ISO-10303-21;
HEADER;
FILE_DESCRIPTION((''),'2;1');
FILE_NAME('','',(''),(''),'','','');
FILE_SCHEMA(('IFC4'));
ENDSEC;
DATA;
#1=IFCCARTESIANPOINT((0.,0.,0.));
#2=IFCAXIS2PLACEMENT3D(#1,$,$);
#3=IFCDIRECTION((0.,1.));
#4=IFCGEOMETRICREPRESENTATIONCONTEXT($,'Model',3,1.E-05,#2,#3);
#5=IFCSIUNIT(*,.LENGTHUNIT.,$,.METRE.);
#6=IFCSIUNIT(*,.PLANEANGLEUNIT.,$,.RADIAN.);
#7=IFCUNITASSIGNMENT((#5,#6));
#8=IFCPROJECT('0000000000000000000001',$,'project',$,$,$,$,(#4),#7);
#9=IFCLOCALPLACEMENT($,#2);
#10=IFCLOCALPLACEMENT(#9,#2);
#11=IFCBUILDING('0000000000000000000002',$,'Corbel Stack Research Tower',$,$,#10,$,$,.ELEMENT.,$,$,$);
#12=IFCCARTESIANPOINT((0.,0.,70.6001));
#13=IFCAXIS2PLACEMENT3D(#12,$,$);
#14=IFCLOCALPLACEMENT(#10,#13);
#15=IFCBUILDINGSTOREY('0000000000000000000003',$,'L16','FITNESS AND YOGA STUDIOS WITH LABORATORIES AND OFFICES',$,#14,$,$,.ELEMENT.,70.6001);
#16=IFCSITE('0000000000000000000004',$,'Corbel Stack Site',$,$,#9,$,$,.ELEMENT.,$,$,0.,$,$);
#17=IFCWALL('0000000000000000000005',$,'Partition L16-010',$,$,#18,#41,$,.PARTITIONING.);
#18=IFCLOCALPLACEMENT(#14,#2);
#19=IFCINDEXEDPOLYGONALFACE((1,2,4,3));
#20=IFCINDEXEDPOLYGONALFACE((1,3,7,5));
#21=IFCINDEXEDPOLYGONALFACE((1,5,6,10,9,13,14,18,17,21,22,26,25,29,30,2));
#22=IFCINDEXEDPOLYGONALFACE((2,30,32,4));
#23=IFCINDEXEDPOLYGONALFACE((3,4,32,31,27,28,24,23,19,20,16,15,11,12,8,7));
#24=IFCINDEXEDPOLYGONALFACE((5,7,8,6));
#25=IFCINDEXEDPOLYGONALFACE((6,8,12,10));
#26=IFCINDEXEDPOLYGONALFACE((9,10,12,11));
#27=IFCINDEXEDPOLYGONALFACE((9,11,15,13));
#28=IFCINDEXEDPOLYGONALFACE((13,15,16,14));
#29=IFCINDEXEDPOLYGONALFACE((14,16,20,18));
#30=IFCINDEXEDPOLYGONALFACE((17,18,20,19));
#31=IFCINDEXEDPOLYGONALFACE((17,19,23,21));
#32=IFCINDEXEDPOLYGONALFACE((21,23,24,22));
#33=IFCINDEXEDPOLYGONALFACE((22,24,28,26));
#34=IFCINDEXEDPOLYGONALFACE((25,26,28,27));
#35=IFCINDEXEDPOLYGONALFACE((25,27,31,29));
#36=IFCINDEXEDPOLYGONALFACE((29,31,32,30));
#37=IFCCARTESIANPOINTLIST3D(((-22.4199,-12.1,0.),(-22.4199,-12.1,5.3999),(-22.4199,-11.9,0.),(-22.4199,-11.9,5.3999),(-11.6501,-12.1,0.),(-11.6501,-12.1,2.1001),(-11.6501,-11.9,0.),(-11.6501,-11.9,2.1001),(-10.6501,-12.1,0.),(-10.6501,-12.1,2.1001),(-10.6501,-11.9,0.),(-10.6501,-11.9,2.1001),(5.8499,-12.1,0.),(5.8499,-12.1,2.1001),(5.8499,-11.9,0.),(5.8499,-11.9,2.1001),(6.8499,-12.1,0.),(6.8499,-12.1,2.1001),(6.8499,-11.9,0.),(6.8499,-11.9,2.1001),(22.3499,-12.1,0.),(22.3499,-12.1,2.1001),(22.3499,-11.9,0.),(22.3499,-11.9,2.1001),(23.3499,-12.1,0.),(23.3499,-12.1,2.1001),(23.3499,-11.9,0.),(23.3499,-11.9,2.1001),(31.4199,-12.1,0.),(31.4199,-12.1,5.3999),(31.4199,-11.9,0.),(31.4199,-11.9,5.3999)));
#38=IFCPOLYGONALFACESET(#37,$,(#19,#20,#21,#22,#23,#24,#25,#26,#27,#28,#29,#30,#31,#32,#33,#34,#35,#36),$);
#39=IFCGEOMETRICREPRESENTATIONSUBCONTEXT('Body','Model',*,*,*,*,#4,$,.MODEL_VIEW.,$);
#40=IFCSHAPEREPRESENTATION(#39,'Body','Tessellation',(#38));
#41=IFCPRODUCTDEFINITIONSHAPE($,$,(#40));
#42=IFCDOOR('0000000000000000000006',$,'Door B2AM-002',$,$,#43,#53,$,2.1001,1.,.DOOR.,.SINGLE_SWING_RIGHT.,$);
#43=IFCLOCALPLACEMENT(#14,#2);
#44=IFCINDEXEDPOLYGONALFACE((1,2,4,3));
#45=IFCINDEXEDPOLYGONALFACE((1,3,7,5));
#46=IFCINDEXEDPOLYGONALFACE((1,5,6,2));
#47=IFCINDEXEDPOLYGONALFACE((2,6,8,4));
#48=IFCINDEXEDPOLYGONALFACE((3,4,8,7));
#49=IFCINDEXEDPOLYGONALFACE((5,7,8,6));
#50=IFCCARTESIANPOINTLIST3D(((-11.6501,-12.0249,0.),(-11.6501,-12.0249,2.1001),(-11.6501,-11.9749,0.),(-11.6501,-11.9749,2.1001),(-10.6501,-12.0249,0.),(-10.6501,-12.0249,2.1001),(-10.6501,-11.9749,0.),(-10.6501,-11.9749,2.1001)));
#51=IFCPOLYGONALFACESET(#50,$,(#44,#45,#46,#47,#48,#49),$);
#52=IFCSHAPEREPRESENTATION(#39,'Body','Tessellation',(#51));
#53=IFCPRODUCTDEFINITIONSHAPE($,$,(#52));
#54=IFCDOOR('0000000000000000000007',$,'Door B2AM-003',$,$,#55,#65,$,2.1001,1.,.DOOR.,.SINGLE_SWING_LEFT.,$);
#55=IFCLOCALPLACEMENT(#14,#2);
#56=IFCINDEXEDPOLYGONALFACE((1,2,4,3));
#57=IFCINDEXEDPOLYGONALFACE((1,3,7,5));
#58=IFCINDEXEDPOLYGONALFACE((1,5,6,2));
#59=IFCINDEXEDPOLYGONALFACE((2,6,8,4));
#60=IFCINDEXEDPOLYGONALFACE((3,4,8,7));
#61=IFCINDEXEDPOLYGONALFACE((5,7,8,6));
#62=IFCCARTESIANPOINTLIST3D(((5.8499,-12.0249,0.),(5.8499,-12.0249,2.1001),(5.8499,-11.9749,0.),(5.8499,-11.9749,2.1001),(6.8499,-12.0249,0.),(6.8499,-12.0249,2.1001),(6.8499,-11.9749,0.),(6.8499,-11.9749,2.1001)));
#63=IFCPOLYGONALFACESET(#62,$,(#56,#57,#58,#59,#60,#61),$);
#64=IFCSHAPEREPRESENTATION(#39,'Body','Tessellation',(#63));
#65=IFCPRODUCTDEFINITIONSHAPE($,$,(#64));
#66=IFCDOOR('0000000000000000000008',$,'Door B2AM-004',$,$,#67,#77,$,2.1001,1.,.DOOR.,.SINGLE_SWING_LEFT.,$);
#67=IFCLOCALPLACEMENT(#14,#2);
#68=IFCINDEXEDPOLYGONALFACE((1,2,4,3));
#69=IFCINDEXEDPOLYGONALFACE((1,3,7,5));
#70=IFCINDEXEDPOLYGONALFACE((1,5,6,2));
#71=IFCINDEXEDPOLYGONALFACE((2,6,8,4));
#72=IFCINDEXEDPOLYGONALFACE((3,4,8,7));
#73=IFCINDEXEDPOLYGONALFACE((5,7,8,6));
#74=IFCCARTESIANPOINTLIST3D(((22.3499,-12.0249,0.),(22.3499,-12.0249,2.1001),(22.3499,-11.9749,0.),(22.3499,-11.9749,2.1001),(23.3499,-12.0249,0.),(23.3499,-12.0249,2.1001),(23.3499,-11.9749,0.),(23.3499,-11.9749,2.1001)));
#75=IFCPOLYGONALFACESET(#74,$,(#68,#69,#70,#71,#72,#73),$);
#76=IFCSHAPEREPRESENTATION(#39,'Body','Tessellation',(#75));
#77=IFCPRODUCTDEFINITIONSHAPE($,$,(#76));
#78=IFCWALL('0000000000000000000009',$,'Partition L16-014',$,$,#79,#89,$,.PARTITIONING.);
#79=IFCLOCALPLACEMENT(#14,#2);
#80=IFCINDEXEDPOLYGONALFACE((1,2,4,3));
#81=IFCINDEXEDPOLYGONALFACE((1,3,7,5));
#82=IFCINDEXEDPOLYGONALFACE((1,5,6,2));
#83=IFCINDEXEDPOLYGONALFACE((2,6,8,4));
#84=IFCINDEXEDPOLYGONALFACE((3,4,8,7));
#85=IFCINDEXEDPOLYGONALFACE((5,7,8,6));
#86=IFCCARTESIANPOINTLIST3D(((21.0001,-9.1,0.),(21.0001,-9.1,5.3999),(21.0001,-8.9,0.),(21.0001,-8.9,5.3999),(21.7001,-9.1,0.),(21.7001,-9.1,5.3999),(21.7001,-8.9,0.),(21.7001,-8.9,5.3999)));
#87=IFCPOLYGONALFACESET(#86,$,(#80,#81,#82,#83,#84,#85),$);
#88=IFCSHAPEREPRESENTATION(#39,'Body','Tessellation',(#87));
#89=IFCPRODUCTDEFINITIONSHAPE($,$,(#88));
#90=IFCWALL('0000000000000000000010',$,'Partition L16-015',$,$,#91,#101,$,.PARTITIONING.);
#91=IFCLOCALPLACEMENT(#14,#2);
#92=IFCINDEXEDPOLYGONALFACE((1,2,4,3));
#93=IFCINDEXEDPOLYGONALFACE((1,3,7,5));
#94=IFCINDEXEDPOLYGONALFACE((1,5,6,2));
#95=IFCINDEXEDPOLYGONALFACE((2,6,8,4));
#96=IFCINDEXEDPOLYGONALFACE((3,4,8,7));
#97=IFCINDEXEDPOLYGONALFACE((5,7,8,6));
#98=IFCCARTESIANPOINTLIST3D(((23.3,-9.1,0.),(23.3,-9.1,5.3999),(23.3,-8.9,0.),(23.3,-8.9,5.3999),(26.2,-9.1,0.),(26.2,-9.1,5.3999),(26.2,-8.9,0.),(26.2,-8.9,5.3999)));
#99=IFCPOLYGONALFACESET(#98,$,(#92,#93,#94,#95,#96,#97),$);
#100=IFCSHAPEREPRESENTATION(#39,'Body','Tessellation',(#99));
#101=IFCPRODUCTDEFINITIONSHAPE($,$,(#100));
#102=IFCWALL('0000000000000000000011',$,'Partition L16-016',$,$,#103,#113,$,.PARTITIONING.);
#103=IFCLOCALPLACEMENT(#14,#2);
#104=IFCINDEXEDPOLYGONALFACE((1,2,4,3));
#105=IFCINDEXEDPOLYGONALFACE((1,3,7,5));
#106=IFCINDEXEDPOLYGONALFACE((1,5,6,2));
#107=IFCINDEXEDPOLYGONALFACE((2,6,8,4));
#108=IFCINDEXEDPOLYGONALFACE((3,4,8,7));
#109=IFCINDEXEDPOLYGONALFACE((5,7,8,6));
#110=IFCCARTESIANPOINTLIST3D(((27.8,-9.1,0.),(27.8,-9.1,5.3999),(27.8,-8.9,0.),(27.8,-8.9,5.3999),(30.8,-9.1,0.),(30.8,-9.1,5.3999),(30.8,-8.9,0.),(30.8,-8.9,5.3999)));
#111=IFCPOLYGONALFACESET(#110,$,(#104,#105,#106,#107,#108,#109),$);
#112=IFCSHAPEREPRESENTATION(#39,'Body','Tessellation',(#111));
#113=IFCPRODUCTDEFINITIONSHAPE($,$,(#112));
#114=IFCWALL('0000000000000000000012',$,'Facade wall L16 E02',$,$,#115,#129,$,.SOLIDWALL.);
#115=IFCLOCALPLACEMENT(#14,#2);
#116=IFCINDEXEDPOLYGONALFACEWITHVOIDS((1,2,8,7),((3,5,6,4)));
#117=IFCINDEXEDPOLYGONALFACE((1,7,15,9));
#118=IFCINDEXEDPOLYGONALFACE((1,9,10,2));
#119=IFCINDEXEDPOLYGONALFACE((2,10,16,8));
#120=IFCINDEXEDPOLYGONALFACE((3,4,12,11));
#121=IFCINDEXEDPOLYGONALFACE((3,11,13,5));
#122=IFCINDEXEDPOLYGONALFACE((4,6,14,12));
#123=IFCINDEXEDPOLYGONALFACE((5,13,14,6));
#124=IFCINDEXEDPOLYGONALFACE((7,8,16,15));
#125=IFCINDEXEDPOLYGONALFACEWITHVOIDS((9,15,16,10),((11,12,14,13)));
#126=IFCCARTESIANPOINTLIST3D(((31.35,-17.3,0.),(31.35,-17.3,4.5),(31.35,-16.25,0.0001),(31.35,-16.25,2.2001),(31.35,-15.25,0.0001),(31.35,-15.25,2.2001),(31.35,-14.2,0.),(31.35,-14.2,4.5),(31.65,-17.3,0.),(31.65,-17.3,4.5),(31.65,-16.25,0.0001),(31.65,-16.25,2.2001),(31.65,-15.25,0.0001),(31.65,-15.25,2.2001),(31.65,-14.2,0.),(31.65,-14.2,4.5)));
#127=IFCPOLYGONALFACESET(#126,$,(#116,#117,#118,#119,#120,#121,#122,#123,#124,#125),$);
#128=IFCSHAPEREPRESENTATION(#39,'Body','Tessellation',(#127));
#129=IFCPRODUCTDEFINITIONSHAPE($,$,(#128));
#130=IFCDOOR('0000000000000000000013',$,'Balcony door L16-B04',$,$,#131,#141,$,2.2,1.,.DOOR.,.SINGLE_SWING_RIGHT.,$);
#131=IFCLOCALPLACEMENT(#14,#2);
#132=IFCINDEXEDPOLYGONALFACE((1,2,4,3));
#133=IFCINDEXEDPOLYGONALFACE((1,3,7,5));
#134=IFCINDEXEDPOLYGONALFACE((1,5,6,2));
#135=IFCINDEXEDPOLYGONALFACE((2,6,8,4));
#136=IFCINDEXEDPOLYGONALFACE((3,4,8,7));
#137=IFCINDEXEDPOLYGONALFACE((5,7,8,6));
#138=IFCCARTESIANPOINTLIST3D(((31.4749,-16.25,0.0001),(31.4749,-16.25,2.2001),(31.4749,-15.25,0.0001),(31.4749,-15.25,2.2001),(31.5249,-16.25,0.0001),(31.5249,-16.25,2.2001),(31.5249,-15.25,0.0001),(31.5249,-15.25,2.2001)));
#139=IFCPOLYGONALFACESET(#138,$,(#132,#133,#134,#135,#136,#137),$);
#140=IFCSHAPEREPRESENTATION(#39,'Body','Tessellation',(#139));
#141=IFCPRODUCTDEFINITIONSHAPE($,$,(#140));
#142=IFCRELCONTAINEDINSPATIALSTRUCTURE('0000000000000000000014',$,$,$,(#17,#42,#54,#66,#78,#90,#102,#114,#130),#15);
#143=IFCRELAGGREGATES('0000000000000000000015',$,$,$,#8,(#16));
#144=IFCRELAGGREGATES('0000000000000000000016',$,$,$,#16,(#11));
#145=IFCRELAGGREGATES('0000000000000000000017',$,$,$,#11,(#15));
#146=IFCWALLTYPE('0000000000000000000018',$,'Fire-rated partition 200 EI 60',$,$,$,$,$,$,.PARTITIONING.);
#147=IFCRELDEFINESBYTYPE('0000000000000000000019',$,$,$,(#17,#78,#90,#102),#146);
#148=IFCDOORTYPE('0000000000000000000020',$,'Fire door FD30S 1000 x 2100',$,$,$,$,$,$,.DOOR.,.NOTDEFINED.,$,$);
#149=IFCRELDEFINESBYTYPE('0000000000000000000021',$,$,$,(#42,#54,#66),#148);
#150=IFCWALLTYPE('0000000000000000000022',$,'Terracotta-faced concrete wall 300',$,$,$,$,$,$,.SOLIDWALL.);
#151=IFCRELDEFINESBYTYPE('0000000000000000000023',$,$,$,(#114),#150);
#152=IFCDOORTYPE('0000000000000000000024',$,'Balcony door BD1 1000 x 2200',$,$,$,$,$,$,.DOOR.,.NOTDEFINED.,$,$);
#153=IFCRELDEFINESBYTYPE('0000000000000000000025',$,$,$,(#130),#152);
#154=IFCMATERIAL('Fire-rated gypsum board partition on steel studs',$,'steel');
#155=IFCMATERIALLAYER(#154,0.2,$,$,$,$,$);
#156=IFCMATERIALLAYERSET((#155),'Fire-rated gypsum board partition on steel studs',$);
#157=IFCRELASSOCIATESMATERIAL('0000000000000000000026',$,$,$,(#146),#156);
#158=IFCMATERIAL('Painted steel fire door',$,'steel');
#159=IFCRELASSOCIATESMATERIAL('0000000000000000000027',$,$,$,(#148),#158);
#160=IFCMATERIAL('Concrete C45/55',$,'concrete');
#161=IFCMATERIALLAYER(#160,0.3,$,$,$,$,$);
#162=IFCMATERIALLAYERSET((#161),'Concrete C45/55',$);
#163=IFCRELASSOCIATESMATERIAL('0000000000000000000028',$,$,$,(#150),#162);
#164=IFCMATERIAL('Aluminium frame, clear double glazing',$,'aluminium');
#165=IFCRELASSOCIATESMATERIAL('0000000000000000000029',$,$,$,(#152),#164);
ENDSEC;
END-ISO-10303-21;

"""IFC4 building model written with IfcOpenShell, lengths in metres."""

from ifc_helpers import new_model, si_unit, direction, frame, frame_2d, origin, place, context, subcontext, project, spatial, rectangle, extrude, material, layer, layer_set, type_object, element, fill, save


model = new_model("IFC4")

# Units and contexts
model_context = context("Model", 3, precision=1e-05, world=origin(), true_north=direction((0.0, 1.0)))
body_context = subcontext(model_context, "Body", "Model", "MODEL_VIEW")
ifc_project = project(units=[si_unit("LENGTHUNIT", "METRE"), si_unit("PLANEANGLEUNIT", "RADIAN")], contexts=[model_context])

# Site, building, storey
site_placement = place(None, origin())
site = spatial("IfcSite", under=ifc_project, at=site_placement, Name="Corbel Stack Site", CompositionType="ELEMENT", RefElevation=0.0)
building_placement = place(site_placement, origin())
building = spatial("IfcBuilding", under=site, at=building_placement, Name="Corbel Stack Research Tower", CompositionType="ELEMENT")
storey_placement = place(building_placement, frame((0.0, 0.0, 70.6001)))
storey = spatial("IfcBuildingStorey", under=building, at=storey_placement, Name="L16", Description="FITNESS AND YOGA STUDIOS WITH LABORATORIES AND OFFICES", CompositionType="ELEMENT", Elevation=70.6001)

# Wall, openings, doors
ifc_material_1 = material(Name="Fire-rated gypsum board partition on steel studs", Category="steel")
ifc_layer_1 = layer(ifc_material_1, 0.2)
ifc_layer_set_1 = layer_set([ifc_layer_1], Name="Fire-rated gypsum board partition on steel studs")
wall_type_1 = type_object("IfcWallType", Name="Fire-rated partition 200 EI 60", PredefinedType="PARTITIONING", material=ifc_layer_set_1)
wall_1_placement = place(storey_placement, frame((31.4199, -12.0, 0.0), z_axis=(0.0, 0.0, 1.0), x_axis=(-1.0, 0.0, 0.0)))
wall_1 = element("IfcWall", 1, at=wall_1_placement, inside=storey, type_object=wall_type_1, Name="Partition L16-010", PredefinedType="PARTITIONING", context=body_context, shape_type="SweptSolid", body=[
    extrude(rectangle(XDim=53.8398, YDim=0.2, at=frame_2d((26.9199, 0.0))), origin(), (0.0, 0.0, 1.0), 5.3999),
])
opening_1_placement = place(wall_1_placement, frame((42.0701, 0.0, 0.0)))
opening_1 = element("IfcOpeningElement", 2, at=opening_1_placement, cuts=wall_1, PredefinedType="OPENING", context=body_context, shape_type="SweptSolid", body=[
    extrude(rectangle(XDim=1.0, YDim=2.1001, at=frame_2d((0.5, 1.05))), frame((0.0, 0.1099, 0.0), z_axis=(0.0, -1.0, 0.0), x_axis=(1.0, 0.0, 0.0)), (0.0, 0.0, 1.0), 0.22),
])
opening_2_placement = place(wall_1_placement, frame((24.5701, 0.0, 0.0)))
opening_2 = element("IfcOpeningElement", 3, at=opening_2_placement, cuts=wall_1, PredefinedType="OPENING", context=body_context, shape_type="SweptSolid", body=[
    extrude(rectangle(XDim=1.0, YDim=2.1001, at=frame_2d((0.5, 1.05))), frame((0.0, 0.1099, 0.0), z_axis=(0.0, -1.0, 0.0), x_axis=(1.0, 0.0, 0.0)), (0.0, 0.0, 1.0), 0.22),
])
opening_3_placement = place(wall_1_placement, frame((8.0701, 0.0, 0.0)))
opening_3 = element("IfcOpeningElement", 4, at=opening_3_placement, cuts=wall_1, PredefinedType="OPENING", context=body_context, shape_type="SweptSolid", body=[
    extrude(rectangle(XDim=1.0, YDim=2.1001, at=frame_2d((0.5, 1.05))), frame((0.0, 0.1099, 0.0), z_axis=(0.0, -1.0, 0.0), x_axis=(1.0, 0.0, 0.0)), (0.0, 0.0, 1.0), 0.22),
])
ifc_material_2 = material(Name="Painted steel fire door", Category="steel")
door_type_1 = type_object("IfcDoorType", Name="Fire door FD30S 1000 x 2100", OperationType="NOTDEFINED", PredefinedType="DOOR", material=ifc_material_2)
door_1_placement = place(opening_1_placement, origin())
door_1 = element("IfcDoor", 5, at=door_1_placement, inside=storey, type_object=door_type_1, Name="Door B2AM-002", OperationType="SINGLE_SWING_RIGHT", OverallHeight=2.1001, OverallWidth=1.0, PredefinedType="DOOR", context=body_context, shape_type="SweptSolid", body=[
    extrude(rectangle(XDim=1.0, YDim=2.1001, at=frame_2d((0.5, 1.05))), frame((0.0, 0.0249, 0.0), z_axis=(0.0, -1.0, 0.0), x_axis=(1.0, 0.0, 0.0)), (0.0, 0.0, 1.0), 0.05),
])
fill(opening_1, door_1)
door_2_placement = place(opening_2_placement, origin())
door_2 = element("IfcDoor", 6, at=door_2_placement, inside=storey, type_object=door_type_1, Name="Door B2AM-003", OperationType="SINGLE_SWING_LEFT", OverallHeight=2.1001, OverallWidth=1.0, PredefinedType="DOOR", context=body_context, shape_type="SweptSolid", body=[
    extrude(rectangle(XDim=1.0, YDim=2.1001, at=frame_2d((0.5, 1.05))), frame((0.0, 0.0249, 0.0), z_axis=(0.0, -1.0, 0.0), x_axis=(1.0, 0.0, 0.0)), (0.0, 0.0, 1.0), 0.05),
])
fill(opening_2, door_2)
door_3_placement = place(opening_3_placement, origin())
door_3 = element("IfcDoor", 7, at=door_3_placement, inside=storey, type_object=door_type_1, Name="Door B2AM-004", OperationType="SINGLE_SWING_LEFT", OverallHeight=2.1001, OverallWidth=1.0, PredefinedType="DOOR", context=body_context, shape_type="SweptSolid", body=[
    extrude(rectangle(XDim=1.0, YDim=2.1001, at=frame_2d((0.5, 1.05))), frame((0.0, 0.0249, 0.0), z_axis=(0.0, -1.0, 0.0), x_axis=(1.0, 0.0, 0.0)), (0.0, 0.0, 1.0), 0.05),
])
fill(opening_3, door_3)

# Walls
wall_2_placement = place(storey_placement, frame((21.0, -9.0, 0.0), z_axis=(0.0, 0.0, 1.0), x_axis=(1.0, 0.0, 0.0)))
element("IfcWall", 8, at=wall_2_placement, inside=storey, type_object=wall_type_1, Name="Partition L16-014", PredefinedType="PARTITIONING", context=body_context, shape_type="SweptSolid", body=[
    extrude(rectangle(XDim=0.7, YDim=0.2, at=frame_2d((0.3501, 0.0))), origin(), (0.0, 0.0, 1.0), 5.3999),
])
wall_3_placement = place(storey_placement, frame((23.3, -9.0, 0.0), z_axis=(0.0, 0.0, 1.0), x_axis=(1.0, 0.0, 0.0)))
element("IfcWall", 9, at=wall_3_placement, inside=storey, type_object=wall_type_1, Name="Partition L16-015", PredefinedType="PARTITIONING", context=body_context, shape_type="SweptSolid", body=[
    extrude(rectangle(XDim=2.8999, YDim=0.2, at=frame_2d((1.45, 0.0))), origin(), (0.0, 0.0, 1.0), 5.3999),
])
wall_4_placement = place(storey_placement, frame((27.8, -9.0, 0.0), z_axis=(0.0, 0.0, 1.0), x_axis=(1.0, 0.0, 0.0)))
element("IfcWall", 10, at=wall_4_placement, inside=storey, type_object=wall_type_1, Name="Partition L16-016", PredefinedType="PARTITIONING", context=body_context, shape_type="SweptSolid", body=[
    extrude(rectangle(XDim=3.0, YDim=0.2, at=frame_2d((1.5, 0.0))), origin(), (0.0, 0.0, 1.0), 5.3999),
])

# Wall, opening, door
ifc_material_3 = material(Name="Concrete C45/55", Category="concrete")
ifc_layer_2 = layer(ifc_material_3, 0.3)
ifc_layer_set_2 = layer_set([ifc_layer_2], Name="Concrete C45/55")
wall_type_2 = type_object("IfcWallType", Name="Terracotta-faced concrete wall 300", PredefinedType="SOLIDWALL", material=ifc_layer_set_2)
wall_5_placement = place(storey_placement, frame((31.5, -14.2, 0.0), z_axis=(0.0, 0.0, 1.0), x_axis=(0.0, -1.0, 0.0)))
wall_5 = element("IfcWall", 11, at=wall_5_placement, inside=storey, type_object=wall_type_2, Name="Facade wall L16 E02", PredefinedType="SOLIDWALL", context=body_context, shape_type="SweptSolid", body=[
    extrude(rectangle(XDim=3.1001, YDim=0.3, at=frame_2d((1.55, 0.0))), origin(), (0.0, 0.0, 1.0), 4.5),
])
opening_4_placement = place(wall_5_placement, frame((1.05, 0.0, 0.0)))
opening_4 = element("IfcOpeningElement", 12, at=opening_4_placement, cuts=wall_5, PredefinedType="OPENING", context=body_context, shape_type="SweptSolid", body=[
    extrude(rectangle(XDim=1.0, YDim=2.2, at=frame_2d((0.5, 1.1001))), frame((0.0, 0.1599, 0.0), z_axis=(0.0, -1.0, 0.0), x_axis=(1.0, 0.0, 0.0)), (0.0, 0.0, 1.0), 0.3201),
])
ifc_material_4 = material(Name="Aluminium frame, clear double glazing", Category="aluminium")
door_type_2 = type_object("IfcDoorType", Name="Balcony door BD1 1000 x 2200", OperationType="NOTDEFINED", PredefinedType="DOOR", material=ifc_material_4)
door_4_placement = place(opening_4_placement, origin())
door_4 = element("IfcDoor", 13, at=door_4_placement, inside=storey, type_object=door_type_2, Name="Balcony door L16-B04", OperationType="SINGLE_SWING_RIGHT", OverallHeight=2.2, OverallWidth=1.0, PredefinedType="DOOR", context=body_context, shape_type="SweptSolid", body=[
    extrude(rectangle(XDim=1.0, YDim=2.2, at=frame_2d((0.5, 1.1001))), frame((0.0, 0.0249, 0.0), z_axis=(0.0, -1.0, 0.0), x_axis=(1.0, 0.0, 0.0)), (0.0, 0.0, 1.0), 0.05),
])
fill(opening_4, door_4)

save(model, "model.ifc")
